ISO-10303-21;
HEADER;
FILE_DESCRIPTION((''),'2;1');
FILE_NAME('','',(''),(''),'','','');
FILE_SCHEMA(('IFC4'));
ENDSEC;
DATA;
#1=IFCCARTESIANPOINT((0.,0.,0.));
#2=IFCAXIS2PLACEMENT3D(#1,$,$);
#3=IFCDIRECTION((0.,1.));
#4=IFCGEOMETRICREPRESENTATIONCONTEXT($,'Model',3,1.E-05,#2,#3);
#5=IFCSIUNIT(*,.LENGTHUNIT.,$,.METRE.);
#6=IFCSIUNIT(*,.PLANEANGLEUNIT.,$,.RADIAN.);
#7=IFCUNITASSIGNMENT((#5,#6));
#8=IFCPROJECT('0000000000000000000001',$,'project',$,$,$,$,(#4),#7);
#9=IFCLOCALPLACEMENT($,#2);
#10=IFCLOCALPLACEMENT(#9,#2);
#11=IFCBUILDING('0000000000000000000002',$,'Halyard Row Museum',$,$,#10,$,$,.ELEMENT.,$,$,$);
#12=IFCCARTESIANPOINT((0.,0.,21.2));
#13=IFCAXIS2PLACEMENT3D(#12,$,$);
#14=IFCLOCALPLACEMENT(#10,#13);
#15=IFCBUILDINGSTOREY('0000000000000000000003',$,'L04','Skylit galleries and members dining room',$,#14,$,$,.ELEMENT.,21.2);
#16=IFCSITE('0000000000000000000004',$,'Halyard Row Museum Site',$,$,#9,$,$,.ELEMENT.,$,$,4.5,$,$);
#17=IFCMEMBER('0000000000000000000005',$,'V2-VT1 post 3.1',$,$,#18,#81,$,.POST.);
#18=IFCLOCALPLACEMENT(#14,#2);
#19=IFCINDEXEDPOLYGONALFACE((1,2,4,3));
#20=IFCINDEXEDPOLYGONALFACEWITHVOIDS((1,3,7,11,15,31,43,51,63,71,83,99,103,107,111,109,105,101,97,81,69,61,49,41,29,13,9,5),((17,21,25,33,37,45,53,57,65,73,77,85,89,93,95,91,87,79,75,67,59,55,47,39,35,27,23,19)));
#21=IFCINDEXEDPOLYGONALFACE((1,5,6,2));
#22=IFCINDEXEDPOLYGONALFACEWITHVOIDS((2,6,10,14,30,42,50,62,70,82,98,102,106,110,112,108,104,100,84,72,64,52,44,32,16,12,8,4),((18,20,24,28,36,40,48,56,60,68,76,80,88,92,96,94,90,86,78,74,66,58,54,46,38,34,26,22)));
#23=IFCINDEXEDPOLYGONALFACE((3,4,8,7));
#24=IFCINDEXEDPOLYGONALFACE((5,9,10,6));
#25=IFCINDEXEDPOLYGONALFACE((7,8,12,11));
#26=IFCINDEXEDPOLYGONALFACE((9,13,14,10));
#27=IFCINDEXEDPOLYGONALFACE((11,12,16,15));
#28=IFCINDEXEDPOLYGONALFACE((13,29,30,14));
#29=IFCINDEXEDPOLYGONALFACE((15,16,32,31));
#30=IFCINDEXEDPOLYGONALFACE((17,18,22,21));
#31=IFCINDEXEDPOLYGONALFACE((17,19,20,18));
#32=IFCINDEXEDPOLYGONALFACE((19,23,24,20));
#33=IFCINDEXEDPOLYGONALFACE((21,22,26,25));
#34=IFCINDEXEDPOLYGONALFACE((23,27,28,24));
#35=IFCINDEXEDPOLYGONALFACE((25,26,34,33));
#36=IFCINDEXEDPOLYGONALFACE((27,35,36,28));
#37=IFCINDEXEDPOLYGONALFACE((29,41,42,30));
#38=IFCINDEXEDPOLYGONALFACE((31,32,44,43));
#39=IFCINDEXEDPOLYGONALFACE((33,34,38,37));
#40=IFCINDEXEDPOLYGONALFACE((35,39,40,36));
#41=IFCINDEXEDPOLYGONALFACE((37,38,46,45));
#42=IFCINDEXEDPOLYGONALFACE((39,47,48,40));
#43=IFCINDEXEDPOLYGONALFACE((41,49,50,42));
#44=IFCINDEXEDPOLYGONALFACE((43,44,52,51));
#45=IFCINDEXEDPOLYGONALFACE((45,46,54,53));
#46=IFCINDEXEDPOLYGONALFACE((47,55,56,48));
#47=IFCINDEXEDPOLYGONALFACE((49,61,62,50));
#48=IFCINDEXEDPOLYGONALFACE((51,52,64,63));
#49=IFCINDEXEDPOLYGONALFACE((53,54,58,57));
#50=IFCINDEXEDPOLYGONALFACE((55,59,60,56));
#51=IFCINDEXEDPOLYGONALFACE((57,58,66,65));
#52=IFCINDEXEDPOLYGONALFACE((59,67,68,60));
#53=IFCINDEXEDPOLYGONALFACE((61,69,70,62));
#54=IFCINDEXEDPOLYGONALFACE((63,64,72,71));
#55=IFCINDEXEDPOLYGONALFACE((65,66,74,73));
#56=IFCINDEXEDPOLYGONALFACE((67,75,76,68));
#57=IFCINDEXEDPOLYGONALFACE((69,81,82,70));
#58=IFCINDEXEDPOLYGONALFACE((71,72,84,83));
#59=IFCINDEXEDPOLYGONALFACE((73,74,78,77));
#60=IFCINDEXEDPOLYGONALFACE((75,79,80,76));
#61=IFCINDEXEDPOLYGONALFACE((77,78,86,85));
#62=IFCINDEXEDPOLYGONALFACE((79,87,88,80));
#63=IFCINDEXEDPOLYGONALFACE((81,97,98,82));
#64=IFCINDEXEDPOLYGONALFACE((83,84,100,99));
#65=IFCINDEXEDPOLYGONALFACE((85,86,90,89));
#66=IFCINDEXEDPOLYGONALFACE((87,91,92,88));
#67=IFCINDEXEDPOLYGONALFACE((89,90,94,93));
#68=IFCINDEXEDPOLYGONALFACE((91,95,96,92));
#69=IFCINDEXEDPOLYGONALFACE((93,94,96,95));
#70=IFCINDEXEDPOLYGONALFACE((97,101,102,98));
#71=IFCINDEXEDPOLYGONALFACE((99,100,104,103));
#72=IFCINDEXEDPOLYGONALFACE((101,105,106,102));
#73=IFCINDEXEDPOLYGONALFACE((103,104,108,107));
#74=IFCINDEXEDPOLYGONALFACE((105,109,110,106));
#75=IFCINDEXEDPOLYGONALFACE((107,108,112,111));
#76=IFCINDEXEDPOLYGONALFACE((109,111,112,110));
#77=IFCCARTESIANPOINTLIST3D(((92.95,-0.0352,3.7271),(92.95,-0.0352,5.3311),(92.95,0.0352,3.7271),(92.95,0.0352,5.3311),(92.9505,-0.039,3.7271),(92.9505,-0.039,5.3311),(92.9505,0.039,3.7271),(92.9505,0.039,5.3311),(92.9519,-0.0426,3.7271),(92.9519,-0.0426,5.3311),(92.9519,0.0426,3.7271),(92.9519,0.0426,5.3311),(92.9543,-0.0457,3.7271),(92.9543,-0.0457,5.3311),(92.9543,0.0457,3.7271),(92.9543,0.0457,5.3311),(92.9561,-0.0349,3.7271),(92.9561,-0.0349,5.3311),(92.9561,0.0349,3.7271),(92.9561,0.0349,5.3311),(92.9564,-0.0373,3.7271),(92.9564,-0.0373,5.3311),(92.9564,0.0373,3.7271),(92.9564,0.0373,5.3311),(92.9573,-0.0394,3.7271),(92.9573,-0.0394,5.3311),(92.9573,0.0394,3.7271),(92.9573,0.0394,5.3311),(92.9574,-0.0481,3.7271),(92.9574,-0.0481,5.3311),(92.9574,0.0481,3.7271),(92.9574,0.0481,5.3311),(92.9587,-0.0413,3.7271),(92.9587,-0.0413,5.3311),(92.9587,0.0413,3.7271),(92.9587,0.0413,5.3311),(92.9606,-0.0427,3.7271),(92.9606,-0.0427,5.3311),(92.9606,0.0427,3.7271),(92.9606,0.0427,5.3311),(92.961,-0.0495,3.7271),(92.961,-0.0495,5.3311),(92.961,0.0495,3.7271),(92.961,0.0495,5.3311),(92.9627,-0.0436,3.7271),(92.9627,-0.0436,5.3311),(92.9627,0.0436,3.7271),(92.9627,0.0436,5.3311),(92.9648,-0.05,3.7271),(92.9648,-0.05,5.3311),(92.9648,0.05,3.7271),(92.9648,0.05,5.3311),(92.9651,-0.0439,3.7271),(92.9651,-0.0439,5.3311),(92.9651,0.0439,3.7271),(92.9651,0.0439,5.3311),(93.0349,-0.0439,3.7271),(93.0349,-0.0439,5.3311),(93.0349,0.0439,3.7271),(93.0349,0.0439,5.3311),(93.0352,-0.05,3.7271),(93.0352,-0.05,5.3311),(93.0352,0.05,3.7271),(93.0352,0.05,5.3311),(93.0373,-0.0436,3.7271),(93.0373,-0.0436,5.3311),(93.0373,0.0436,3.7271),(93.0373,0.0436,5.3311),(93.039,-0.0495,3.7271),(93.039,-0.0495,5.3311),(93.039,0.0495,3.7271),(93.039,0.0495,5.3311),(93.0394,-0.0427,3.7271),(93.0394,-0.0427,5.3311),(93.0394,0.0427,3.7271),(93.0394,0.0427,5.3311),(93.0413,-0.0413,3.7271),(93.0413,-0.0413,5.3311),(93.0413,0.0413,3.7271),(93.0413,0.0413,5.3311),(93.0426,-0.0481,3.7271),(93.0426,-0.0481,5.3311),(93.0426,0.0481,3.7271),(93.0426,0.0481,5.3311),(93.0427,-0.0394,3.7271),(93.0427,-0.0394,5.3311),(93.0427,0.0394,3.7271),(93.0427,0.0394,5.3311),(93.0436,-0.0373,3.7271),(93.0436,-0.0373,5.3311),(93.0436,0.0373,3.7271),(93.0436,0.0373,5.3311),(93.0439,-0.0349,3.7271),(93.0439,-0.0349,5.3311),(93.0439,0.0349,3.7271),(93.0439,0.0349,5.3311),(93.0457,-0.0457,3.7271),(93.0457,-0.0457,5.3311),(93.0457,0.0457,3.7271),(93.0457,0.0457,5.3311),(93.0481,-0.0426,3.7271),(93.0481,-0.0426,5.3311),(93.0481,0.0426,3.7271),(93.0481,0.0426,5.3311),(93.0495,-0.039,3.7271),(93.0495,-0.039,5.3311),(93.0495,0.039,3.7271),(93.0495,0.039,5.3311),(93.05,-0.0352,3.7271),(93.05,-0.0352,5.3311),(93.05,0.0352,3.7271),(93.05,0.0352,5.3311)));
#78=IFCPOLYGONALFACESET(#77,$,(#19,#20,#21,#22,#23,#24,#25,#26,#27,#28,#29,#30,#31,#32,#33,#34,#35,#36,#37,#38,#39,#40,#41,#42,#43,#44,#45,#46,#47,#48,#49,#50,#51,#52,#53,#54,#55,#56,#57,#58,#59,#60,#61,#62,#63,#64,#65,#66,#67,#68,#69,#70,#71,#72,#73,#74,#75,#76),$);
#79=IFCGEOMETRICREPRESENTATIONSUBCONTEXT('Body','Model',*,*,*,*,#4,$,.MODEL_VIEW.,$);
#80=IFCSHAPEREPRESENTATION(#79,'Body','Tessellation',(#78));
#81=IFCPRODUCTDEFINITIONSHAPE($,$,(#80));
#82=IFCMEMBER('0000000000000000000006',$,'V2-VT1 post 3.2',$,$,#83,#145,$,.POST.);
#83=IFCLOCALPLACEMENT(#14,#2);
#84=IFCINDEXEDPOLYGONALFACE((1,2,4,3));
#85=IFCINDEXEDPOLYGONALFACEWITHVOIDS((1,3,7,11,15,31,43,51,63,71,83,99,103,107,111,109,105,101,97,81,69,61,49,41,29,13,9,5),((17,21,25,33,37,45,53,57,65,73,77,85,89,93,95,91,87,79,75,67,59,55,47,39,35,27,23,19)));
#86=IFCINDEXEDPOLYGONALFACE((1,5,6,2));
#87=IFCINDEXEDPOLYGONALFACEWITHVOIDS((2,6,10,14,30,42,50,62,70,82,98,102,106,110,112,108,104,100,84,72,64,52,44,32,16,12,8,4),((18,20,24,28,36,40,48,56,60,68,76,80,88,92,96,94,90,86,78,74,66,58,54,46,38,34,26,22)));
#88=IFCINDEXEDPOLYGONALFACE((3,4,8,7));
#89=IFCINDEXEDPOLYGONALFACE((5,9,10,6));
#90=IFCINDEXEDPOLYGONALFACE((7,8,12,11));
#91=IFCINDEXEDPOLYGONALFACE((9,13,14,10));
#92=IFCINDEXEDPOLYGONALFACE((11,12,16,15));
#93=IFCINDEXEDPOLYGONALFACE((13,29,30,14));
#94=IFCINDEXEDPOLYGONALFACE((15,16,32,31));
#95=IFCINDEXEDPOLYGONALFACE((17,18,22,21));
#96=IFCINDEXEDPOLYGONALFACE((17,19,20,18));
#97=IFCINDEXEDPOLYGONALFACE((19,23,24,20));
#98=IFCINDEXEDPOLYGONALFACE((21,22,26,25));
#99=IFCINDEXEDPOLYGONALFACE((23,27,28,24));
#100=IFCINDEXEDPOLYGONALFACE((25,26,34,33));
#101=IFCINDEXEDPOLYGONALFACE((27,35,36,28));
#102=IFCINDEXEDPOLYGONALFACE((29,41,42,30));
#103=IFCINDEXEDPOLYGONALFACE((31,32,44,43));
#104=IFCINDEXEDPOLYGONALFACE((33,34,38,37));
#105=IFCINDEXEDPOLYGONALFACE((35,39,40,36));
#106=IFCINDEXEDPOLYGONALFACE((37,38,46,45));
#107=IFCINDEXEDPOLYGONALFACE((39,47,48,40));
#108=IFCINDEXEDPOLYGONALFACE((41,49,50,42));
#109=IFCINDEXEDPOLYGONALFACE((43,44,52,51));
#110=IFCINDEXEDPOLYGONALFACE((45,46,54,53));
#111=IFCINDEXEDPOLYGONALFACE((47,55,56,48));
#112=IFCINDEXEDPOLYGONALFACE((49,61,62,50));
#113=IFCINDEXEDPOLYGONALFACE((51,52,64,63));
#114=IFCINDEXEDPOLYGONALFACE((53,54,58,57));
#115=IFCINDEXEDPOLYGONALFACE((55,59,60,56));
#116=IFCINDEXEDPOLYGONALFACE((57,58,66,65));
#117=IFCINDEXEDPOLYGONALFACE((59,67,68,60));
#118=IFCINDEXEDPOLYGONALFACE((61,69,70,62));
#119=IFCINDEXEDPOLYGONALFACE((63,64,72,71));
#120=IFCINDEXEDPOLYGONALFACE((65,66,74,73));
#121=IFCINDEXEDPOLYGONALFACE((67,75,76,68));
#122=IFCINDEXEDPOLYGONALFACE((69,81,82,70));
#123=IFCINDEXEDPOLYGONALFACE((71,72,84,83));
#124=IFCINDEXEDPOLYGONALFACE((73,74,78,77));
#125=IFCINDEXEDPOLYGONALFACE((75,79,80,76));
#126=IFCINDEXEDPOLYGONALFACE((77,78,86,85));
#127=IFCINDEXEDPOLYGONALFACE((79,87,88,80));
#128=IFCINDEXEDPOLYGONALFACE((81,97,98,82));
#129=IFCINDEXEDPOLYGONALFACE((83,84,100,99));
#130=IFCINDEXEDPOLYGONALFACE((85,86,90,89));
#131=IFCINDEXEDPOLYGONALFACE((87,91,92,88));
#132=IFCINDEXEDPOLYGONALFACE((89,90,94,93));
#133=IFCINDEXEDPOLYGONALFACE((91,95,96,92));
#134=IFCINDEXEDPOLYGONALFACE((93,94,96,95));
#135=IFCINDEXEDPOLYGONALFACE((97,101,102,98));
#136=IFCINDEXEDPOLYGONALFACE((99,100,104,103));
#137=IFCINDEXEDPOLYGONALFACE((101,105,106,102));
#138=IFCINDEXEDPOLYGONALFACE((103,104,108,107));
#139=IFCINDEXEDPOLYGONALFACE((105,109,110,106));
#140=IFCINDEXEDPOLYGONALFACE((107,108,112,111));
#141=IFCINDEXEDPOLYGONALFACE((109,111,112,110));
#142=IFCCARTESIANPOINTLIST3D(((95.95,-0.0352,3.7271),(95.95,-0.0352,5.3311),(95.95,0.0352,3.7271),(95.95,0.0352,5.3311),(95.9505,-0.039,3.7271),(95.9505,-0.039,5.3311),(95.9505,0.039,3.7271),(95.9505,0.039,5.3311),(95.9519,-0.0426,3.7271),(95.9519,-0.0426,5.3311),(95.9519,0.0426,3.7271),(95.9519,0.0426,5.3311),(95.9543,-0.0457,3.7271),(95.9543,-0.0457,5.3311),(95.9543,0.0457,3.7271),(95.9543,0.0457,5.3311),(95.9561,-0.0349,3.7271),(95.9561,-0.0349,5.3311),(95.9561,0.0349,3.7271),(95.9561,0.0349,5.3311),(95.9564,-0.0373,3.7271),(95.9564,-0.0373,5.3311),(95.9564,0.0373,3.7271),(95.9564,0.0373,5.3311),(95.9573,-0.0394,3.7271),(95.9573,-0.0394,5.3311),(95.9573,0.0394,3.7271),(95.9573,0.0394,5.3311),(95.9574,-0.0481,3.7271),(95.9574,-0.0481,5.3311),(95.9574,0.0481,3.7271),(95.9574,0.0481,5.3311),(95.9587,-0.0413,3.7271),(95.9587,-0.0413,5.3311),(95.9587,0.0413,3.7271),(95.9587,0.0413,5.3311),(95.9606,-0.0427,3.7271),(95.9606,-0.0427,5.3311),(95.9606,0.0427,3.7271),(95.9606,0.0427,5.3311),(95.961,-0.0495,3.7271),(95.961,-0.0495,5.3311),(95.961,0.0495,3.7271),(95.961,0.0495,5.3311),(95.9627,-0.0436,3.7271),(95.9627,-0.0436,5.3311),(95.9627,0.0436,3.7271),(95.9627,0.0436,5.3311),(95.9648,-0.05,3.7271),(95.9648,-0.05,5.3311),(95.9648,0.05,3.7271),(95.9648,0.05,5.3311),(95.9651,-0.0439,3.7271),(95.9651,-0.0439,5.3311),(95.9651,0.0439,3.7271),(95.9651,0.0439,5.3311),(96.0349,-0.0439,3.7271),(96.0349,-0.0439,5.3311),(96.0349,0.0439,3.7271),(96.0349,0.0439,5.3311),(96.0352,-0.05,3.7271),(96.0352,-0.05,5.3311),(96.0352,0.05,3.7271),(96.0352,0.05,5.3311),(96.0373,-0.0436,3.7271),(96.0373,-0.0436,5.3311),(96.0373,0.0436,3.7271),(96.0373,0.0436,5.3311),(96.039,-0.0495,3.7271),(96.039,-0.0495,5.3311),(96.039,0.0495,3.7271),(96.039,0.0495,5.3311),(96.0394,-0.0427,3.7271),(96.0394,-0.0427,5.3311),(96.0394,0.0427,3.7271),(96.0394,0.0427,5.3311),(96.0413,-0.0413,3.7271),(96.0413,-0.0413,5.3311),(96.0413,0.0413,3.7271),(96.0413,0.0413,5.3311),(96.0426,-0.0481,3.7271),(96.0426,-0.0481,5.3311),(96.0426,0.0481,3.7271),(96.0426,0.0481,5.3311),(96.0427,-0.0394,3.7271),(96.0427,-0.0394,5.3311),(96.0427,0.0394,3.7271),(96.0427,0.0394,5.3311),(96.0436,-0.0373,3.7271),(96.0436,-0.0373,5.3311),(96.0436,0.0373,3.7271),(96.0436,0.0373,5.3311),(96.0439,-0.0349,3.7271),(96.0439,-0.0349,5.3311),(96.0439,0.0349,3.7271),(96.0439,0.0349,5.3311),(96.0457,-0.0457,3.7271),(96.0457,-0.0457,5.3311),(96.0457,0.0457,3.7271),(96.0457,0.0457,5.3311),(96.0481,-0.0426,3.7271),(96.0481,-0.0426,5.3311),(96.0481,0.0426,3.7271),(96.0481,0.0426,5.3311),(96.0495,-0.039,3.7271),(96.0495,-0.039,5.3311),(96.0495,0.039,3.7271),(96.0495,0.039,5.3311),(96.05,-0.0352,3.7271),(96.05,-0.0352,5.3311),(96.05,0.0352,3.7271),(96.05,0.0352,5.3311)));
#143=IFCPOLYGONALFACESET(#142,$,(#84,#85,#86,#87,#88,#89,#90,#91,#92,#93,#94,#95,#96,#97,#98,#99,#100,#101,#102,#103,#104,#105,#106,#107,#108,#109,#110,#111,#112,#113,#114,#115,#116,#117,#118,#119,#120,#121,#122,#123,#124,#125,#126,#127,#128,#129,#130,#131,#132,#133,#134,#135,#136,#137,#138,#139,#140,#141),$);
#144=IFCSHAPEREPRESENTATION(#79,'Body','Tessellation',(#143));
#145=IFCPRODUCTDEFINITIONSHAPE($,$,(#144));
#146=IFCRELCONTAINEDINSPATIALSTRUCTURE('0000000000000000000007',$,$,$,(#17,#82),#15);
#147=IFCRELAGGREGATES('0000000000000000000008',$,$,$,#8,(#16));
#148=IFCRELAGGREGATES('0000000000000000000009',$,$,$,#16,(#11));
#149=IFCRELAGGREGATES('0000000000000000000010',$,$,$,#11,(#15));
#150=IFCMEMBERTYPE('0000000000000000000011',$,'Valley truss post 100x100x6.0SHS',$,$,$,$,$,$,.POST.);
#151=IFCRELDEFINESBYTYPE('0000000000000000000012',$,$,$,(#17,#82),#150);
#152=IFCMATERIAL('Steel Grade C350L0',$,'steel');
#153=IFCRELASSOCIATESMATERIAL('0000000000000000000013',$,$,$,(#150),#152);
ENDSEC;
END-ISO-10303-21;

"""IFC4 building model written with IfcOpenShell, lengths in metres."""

from ifc_helpers import new_model, si_unit, direction, frame, origin, origin_2d, place, context, subcontext, project, spatial, hollow_rectangle, extrude, material, material_profile, profile_set, type_object, element, save


model = new_model("IFC4")

# Units and contexts
model_context = context("Model", 3, precision=1e-05, world=origin(), true_north=direction((0.0, 1.0)))
body_context = subcontext(model_context, "Body", "Model", "MODEL_VIEW")
ifc_project = project(units=[si_unit("LENGTHUNIT", "METRE"), si_unit("PLANEANGLEUNIT", "RADIAN")], contexts=[model_context])

# Site, building, storey
site_placement = place(None, origin())
site = spatial("IfcSite", under=ifc_project, at=site_placement, Name="Halyard Row Museum Site", CompositionType="ELEMENT", RefElevation=4.5)
building_placement = place(site_placement, origin())
building = spatial("IfcBuilding", under=site, at=building_placement, Name="Halyard Row Museum", CompositionType="ELEMENT")
storey_placement = place(building_placement, frame((0.0, 0.0, 21.2)))
storey = spatial("IfcBuildingStorey", under=building, at=storey_placement, Name="L04", Description="Skylit galleries and members dining room", CompositionType="ELEMENT", Elevation=21.2)

# Members
ifc_material_1 = material(Name="Steel Grade C350L0", Category="steel")
ifc_material_profile_1 = material_profile(ifc_material_1, hollow_rectangle(XDim=0.1001, YDim=0.1001, WallThickness=0.0061, InnerFilletRadius=0.009, OuterFilletRadius=0.0149, at=origin_2d()), Name="100x100x6.0SHS")
ifc_profile_set_1 = profile_set([ifc_material_profile_1], Name="Steel Grade C350L0")
member_type_1 = type_object("IfcMemberType", Name="Valley truss post 100x100x6.0SHS", PredefinedType="POST", material=ifc_profile_set_1)
for number, where, z_axis, x_axis, name in (
    (1, (93.0, 0.0, 3.7271), (0.0, 0.0, 1.0), (1.0, 0.0, 0.0), "V2-VT1 post 3.1"),
    (2, (96.0, 0.0, 3.7271), (0.0, 0.0, 1.0), (1.0, 0.0, 0.0), "V2-VT1 post 3.2"),
):
    element("IfcMember", number, at=place(storey_placement, frame(where, z_axis=z_axis, x_axis=x_axis)), inside=storey, type_object=member_type_1, Name=name, PredefinedType="POST", context=body_context, shape_type="SweptSolid", body=[
        extrude(hollow_rectangle(XDim=0.1001, YDim=0.1001, WallThickness=0.0061, InnerFilletRadius=0.009, OuterFilletRadius=0.0149, at=origin_2d()), origin(), (0.0, 0.0, 1.0), 1.604),
    ])

save(model, "model.ifc")
